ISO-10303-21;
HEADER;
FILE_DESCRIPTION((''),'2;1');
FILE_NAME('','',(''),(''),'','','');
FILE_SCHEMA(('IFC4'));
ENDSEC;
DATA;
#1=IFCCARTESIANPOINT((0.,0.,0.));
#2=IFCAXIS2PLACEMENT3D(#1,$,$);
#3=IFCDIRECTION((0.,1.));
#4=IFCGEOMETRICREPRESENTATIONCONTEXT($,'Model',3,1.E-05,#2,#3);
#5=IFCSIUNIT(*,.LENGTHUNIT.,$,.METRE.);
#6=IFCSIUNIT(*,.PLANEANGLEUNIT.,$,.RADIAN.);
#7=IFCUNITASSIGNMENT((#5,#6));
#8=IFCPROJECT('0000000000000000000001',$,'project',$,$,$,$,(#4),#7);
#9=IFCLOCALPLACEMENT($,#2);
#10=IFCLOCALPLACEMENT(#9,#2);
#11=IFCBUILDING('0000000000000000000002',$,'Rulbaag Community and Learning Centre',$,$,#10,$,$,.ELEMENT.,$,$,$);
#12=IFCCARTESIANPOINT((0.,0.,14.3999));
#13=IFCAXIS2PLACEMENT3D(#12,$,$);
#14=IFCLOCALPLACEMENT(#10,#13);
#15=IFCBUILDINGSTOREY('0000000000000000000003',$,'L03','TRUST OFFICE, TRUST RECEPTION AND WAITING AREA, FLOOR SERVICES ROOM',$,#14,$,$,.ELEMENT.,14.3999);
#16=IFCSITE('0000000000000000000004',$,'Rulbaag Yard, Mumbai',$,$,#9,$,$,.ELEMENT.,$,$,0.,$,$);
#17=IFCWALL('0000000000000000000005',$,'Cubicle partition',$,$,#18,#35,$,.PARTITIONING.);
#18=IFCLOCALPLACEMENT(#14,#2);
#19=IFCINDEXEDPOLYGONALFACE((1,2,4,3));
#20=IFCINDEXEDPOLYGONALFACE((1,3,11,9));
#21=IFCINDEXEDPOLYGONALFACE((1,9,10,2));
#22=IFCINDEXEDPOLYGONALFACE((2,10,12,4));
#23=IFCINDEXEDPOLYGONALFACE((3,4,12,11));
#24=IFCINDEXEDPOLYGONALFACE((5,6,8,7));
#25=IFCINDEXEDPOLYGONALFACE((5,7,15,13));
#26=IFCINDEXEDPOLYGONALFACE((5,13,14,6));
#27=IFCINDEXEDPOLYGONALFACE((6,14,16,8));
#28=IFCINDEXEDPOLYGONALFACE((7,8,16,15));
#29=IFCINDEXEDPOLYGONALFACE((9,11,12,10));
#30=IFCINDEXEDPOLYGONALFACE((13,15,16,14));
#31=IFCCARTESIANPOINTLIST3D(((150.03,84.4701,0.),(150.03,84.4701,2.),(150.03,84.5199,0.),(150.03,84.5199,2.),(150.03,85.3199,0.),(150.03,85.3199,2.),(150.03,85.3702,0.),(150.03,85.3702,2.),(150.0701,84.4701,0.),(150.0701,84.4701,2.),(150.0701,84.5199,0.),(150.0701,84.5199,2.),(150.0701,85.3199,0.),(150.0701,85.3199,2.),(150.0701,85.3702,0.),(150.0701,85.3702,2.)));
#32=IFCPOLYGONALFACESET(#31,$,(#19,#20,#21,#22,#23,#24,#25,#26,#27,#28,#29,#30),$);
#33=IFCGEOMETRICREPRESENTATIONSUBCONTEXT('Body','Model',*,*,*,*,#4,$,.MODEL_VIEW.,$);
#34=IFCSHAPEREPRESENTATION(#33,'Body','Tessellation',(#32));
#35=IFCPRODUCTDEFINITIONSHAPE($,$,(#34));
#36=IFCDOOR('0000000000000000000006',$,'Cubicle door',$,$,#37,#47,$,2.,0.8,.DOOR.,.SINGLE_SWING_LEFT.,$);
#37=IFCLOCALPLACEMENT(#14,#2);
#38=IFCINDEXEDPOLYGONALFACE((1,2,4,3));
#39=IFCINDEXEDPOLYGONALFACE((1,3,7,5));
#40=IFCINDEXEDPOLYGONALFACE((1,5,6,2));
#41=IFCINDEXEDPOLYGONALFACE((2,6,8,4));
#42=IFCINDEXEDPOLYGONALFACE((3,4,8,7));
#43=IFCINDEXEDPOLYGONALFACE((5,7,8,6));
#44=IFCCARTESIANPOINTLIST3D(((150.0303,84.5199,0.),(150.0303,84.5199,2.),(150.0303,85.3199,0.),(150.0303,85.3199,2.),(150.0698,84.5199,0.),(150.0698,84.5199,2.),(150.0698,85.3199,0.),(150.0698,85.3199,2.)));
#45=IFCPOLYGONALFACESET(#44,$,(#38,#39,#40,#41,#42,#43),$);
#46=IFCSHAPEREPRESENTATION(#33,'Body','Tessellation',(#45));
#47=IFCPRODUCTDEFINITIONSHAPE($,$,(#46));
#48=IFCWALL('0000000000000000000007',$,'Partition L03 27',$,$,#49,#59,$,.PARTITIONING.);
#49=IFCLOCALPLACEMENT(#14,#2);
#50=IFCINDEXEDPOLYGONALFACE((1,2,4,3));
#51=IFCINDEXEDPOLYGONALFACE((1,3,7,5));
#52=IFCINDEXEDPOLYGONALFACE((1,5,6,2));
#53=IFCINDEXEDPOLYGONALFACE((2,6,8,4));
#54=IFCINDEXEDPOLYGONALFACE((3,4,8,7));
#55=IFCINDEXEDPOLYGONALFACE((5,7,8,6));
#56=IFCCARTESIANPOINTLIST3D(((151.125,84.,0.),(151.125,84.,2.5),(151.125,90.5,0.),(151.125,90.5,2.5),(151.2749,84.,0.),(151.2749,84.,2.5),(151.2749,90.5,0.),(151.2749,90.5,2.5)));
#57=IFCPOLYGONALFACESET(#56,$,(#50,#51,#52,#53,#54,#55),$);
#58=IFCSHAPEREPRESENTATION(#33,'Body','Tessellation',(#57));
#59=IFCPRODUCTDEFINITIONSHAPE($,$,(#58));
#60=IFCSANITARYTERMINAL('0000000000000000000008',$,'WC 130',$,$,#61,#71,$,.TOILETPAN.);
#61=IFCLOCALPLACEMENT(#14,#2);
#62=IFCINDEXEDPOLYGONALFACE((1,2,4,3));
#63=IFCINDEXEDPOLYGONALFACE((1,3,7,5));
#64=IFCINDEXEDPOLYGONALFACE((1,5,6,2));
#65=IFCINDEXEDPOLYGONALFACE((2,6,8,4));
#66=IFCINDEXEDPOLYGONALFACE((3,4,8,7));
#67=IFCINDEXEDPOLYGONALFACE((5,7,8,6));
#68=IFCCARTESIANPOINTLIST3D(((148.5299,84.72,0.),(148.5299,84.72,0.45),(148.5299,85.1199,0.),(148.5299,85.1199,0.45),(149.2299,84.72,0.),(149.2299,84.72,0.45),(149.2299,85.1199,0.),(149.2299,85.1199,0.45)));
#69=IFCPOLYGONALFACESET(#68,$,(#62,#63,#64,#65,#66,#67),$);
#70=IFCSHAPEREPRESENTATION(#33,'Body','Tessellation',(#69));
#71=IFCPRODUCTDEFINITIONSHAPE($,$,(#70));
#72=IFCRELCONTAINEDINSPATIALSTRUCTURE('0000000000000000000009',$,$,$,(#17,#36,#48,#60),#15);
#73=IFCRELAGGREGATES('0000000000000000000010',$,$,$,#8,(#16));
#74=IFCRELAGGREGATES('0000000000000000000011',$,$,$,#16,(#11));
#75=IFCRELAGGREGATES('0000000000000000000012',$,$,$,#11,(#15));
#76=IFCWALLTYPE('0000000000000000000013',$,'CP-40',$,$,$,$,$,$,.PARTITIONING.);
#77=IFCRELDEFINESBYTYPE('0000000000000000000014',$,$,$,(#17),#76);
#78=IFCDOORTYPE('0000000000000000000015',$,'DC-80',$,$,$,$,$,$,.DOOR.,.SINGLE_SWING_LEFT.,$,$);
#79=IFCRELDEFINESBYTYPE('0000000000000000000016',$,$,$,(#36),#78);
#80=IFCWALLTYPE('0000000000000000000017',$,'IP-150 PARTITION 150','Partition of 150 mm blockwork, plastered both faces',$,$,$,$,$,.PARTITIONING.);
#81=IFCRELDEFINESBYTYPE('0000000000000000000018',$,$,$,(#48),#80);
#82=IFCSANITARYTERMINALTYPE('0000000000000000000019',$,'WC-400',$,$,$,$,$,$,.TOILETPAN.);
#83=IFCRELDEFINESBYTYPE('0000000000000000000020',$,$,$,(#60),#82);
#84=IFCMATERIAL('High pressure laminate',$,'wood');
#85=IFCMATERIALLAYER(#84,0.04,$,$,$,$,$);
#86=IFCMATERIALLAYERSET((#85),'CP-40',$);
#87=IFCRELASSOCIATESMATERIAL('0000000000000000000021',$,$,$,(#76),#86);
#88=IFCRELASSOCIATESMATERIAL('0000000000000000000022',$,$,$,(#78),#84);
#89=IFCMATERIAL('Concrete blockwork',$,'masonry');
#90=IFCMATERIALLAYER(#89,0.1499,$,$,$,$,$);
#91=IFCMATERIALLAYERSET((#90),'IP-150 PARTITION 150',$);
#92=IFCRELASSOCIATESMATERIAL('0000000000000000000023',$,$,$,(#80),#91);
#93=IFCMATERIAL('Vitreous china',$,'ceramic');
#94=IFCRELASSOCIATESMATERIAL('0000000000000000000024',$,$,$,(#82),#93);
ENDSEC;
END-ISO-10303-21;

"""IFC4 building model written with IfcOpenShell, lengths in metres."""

from ifc_helpers import new_model, si_unit, direction, frame, frame_2d, origin, origin_2d, place, context, subcontext, project, spatial, rectangle, extrude, material, layer, layer_set, type_object, element, fill, save


model = new_model("IFC4")

# Units and contexts
model_context = context("Model", 3, precision=1e-05, world=origin(), true_north=direction((0.0, 1.0)))
body_context = subcontext(model_context, "Body", "Model", "MODEL_VIEW")
ifc_project = project(units=[si_unit("LENGTHUNIT", "METRE"), si_unit("PLANEANGLEUNIT", "RADIAN")], contexts=[model_context])

# Site, building, storey
site_placement = place(None, origin())
site = spatial("IfcSite", under=ifc_project, at=site_placement, Name="Rulbaag Yard, Mumbai", CompositionType="ELEMENT", RefElevation=0.0)
building_placement = place(site_placement, origin())
building = spatial("IfcBuilding", under=site, at=building_placement, Name="Rulbaag Community and Learning Centre", CompositionType="ELEMENT")
storey_placement = place(building_placement, frame((0.0, 0.0, 14.3999)))
storey = spatial("IfcBuildingStorey", under=building, at=storey_placement, Name="L03", Description="TRUST OFFICE, TRUST RECEPTION AND WAITING AREA, FLOOR SERVICES ROOM", CompositionType="ELEMENT", Elevation=14.3999)

# Wall, opening, door
ifc_material_1 = material(Name="High pressure laminate", Category="wood")
ifc_layer_1 = layer(ifc_material_1, 0.04)
ifc_layer_set_1 = layer_set([ifc_layer_1], Name="CP-40")
wall_type_1 = type_object("IfcWallType", Name="CP-40", PredefinedType="PARTITIONING", material=ifc_layer_set_1)
wall_1_placement = place(storey_placement, frame((150.05, 84.47, 0.0), z_axis=(0.0, 0.0, 1.0), x_axis=(0.0, 1.0, 0.0)))
wall_1 = element("IfcWall", 1, at=wall_1_placement, inside=storey, type_object=wall_type_1, Name="Cubicle partition", PredefinedType="PARTITIONING", context=body_context, shape_type="SweptSolid", body=[
    extrude(rectangle(XDim=0.9001, YDim=0.04, at=frame_2d((0.4502, 0.0))), origin(), (0.0, 0.0, 1.0), 2.0),
])
opening_placement = place(wall_1_placement, frame((0.05, 0.0, 0.0)))
opening = element("IfcOpeningElement", 2, at=opening_placement, cuts=wall_1, PredefinedType="OPENING", context=body_context, shape_type="SweptSolid", body=[
    extrude(rectangle(XDim=0.8, YDim=2.0, at=frame_2d((0.3999, 1.0))), frame((0.0, 0.03, 0.0), z_axis=(0.0, -1.0, 0.0), x_axis=(1.0, 0.0, 0.0)), (0.0, 0.0, 1.0), 0.0601),
])
door_type = type_object("IfcDoorType", Name="DC-80", OperationType="SINGLE_SWING_LEFT", PredefinedType="DOOR", material=ifc_material_1)
door_placement = place(opening_placement, origin())
door = element("IfcDoor", 3, at=door_placement, inside=storey, type_object=door_type, Name="Cubicle door", OperationType="SINGLE_SWING_LEFT", OverallHeight=2.0, OverallWidth=0.8, PredefinedType="DOOR", context=body_context, shape_type="SweptSolid", body=[
    extrude(rectangle(XDim=0.8, YDim=2.0, at=frame_2d((0.3999, 1.0))), frame((0.0, 0.0198, 0.0), z_axis=(0.0, -1.0, 0.0), x_axis=(1.0, 0.0, 0.0)), (0.0, 0.0, 1.0), 0.0396),
])
fill(opening, door)

# Wall
ifc_material_2 = material(Name="Concrete blockwork", Category="masonry")
ifc_layer_2 = layer(ifc_material_2, 0.1499)
ifc_layer_set_2 = layer_set([ifc_layer_2], Name="IP-150 PARTITION 150")
wall_type_2 = type_object("IfcWallType", Name="IP-150 PARTITION 150", Description="Partition of 150 mm blockwork, plastered both faces", PredefinedType="PARTITIONING", material=ifc_layer_set_2)
wall_2_placement = place(storey_placement, frame((151.2, 84.0, 0.0), z_axis=(0.0, 0.0, 1.0), x_axis=(0.0, 1.0, 0.0)))
element("IfcWall", 4, at=wall_2_placement, inside=storey, type_object=wall_type_2, Name="Partition L03 27", PredefinedType="PARTITIONING", context=body_context, shape_type="SweptSolid", body=[
    extrude(rectangle(XDim=6.5, YDim=0.1499, at=frame_2d((3.25, 0.0))), origin(), (0.0, 0.0, 1.0), 2.5),
])

# Sanitary terminal
ifc_material_3 = material(Name="Vitreous china", Category="ceramic")
sanitary_terminal_type = type_object("IfcSanitaryTerminalType", Name="WC-400", PredefinedType="TOILETPAN", material=ifc_material_3)
sanitary_terminal_placement = place(storey_placement, frame((148.8799, 84.9199, 0.0), z_axis=(0.0, 0.0, 1.0), x_axis=(1.0, 0.0, 0.0)))
element("IfcSanitaryTerminal", 5, at=sanitary_terminal_placement, inside=storey, type_object=sanitary_terminal_type, Name="WC 130", PredefinedType="TOILETPAN", context=body_context, shape_type="SweptSolid", body=[
    extrude(rectangle(XDim=0.7, YDim=0.3999, at=origin_2d()), origin(), (0.0, 0.0, 1.0), 0.45),
])

save(model, "model.ifc")
